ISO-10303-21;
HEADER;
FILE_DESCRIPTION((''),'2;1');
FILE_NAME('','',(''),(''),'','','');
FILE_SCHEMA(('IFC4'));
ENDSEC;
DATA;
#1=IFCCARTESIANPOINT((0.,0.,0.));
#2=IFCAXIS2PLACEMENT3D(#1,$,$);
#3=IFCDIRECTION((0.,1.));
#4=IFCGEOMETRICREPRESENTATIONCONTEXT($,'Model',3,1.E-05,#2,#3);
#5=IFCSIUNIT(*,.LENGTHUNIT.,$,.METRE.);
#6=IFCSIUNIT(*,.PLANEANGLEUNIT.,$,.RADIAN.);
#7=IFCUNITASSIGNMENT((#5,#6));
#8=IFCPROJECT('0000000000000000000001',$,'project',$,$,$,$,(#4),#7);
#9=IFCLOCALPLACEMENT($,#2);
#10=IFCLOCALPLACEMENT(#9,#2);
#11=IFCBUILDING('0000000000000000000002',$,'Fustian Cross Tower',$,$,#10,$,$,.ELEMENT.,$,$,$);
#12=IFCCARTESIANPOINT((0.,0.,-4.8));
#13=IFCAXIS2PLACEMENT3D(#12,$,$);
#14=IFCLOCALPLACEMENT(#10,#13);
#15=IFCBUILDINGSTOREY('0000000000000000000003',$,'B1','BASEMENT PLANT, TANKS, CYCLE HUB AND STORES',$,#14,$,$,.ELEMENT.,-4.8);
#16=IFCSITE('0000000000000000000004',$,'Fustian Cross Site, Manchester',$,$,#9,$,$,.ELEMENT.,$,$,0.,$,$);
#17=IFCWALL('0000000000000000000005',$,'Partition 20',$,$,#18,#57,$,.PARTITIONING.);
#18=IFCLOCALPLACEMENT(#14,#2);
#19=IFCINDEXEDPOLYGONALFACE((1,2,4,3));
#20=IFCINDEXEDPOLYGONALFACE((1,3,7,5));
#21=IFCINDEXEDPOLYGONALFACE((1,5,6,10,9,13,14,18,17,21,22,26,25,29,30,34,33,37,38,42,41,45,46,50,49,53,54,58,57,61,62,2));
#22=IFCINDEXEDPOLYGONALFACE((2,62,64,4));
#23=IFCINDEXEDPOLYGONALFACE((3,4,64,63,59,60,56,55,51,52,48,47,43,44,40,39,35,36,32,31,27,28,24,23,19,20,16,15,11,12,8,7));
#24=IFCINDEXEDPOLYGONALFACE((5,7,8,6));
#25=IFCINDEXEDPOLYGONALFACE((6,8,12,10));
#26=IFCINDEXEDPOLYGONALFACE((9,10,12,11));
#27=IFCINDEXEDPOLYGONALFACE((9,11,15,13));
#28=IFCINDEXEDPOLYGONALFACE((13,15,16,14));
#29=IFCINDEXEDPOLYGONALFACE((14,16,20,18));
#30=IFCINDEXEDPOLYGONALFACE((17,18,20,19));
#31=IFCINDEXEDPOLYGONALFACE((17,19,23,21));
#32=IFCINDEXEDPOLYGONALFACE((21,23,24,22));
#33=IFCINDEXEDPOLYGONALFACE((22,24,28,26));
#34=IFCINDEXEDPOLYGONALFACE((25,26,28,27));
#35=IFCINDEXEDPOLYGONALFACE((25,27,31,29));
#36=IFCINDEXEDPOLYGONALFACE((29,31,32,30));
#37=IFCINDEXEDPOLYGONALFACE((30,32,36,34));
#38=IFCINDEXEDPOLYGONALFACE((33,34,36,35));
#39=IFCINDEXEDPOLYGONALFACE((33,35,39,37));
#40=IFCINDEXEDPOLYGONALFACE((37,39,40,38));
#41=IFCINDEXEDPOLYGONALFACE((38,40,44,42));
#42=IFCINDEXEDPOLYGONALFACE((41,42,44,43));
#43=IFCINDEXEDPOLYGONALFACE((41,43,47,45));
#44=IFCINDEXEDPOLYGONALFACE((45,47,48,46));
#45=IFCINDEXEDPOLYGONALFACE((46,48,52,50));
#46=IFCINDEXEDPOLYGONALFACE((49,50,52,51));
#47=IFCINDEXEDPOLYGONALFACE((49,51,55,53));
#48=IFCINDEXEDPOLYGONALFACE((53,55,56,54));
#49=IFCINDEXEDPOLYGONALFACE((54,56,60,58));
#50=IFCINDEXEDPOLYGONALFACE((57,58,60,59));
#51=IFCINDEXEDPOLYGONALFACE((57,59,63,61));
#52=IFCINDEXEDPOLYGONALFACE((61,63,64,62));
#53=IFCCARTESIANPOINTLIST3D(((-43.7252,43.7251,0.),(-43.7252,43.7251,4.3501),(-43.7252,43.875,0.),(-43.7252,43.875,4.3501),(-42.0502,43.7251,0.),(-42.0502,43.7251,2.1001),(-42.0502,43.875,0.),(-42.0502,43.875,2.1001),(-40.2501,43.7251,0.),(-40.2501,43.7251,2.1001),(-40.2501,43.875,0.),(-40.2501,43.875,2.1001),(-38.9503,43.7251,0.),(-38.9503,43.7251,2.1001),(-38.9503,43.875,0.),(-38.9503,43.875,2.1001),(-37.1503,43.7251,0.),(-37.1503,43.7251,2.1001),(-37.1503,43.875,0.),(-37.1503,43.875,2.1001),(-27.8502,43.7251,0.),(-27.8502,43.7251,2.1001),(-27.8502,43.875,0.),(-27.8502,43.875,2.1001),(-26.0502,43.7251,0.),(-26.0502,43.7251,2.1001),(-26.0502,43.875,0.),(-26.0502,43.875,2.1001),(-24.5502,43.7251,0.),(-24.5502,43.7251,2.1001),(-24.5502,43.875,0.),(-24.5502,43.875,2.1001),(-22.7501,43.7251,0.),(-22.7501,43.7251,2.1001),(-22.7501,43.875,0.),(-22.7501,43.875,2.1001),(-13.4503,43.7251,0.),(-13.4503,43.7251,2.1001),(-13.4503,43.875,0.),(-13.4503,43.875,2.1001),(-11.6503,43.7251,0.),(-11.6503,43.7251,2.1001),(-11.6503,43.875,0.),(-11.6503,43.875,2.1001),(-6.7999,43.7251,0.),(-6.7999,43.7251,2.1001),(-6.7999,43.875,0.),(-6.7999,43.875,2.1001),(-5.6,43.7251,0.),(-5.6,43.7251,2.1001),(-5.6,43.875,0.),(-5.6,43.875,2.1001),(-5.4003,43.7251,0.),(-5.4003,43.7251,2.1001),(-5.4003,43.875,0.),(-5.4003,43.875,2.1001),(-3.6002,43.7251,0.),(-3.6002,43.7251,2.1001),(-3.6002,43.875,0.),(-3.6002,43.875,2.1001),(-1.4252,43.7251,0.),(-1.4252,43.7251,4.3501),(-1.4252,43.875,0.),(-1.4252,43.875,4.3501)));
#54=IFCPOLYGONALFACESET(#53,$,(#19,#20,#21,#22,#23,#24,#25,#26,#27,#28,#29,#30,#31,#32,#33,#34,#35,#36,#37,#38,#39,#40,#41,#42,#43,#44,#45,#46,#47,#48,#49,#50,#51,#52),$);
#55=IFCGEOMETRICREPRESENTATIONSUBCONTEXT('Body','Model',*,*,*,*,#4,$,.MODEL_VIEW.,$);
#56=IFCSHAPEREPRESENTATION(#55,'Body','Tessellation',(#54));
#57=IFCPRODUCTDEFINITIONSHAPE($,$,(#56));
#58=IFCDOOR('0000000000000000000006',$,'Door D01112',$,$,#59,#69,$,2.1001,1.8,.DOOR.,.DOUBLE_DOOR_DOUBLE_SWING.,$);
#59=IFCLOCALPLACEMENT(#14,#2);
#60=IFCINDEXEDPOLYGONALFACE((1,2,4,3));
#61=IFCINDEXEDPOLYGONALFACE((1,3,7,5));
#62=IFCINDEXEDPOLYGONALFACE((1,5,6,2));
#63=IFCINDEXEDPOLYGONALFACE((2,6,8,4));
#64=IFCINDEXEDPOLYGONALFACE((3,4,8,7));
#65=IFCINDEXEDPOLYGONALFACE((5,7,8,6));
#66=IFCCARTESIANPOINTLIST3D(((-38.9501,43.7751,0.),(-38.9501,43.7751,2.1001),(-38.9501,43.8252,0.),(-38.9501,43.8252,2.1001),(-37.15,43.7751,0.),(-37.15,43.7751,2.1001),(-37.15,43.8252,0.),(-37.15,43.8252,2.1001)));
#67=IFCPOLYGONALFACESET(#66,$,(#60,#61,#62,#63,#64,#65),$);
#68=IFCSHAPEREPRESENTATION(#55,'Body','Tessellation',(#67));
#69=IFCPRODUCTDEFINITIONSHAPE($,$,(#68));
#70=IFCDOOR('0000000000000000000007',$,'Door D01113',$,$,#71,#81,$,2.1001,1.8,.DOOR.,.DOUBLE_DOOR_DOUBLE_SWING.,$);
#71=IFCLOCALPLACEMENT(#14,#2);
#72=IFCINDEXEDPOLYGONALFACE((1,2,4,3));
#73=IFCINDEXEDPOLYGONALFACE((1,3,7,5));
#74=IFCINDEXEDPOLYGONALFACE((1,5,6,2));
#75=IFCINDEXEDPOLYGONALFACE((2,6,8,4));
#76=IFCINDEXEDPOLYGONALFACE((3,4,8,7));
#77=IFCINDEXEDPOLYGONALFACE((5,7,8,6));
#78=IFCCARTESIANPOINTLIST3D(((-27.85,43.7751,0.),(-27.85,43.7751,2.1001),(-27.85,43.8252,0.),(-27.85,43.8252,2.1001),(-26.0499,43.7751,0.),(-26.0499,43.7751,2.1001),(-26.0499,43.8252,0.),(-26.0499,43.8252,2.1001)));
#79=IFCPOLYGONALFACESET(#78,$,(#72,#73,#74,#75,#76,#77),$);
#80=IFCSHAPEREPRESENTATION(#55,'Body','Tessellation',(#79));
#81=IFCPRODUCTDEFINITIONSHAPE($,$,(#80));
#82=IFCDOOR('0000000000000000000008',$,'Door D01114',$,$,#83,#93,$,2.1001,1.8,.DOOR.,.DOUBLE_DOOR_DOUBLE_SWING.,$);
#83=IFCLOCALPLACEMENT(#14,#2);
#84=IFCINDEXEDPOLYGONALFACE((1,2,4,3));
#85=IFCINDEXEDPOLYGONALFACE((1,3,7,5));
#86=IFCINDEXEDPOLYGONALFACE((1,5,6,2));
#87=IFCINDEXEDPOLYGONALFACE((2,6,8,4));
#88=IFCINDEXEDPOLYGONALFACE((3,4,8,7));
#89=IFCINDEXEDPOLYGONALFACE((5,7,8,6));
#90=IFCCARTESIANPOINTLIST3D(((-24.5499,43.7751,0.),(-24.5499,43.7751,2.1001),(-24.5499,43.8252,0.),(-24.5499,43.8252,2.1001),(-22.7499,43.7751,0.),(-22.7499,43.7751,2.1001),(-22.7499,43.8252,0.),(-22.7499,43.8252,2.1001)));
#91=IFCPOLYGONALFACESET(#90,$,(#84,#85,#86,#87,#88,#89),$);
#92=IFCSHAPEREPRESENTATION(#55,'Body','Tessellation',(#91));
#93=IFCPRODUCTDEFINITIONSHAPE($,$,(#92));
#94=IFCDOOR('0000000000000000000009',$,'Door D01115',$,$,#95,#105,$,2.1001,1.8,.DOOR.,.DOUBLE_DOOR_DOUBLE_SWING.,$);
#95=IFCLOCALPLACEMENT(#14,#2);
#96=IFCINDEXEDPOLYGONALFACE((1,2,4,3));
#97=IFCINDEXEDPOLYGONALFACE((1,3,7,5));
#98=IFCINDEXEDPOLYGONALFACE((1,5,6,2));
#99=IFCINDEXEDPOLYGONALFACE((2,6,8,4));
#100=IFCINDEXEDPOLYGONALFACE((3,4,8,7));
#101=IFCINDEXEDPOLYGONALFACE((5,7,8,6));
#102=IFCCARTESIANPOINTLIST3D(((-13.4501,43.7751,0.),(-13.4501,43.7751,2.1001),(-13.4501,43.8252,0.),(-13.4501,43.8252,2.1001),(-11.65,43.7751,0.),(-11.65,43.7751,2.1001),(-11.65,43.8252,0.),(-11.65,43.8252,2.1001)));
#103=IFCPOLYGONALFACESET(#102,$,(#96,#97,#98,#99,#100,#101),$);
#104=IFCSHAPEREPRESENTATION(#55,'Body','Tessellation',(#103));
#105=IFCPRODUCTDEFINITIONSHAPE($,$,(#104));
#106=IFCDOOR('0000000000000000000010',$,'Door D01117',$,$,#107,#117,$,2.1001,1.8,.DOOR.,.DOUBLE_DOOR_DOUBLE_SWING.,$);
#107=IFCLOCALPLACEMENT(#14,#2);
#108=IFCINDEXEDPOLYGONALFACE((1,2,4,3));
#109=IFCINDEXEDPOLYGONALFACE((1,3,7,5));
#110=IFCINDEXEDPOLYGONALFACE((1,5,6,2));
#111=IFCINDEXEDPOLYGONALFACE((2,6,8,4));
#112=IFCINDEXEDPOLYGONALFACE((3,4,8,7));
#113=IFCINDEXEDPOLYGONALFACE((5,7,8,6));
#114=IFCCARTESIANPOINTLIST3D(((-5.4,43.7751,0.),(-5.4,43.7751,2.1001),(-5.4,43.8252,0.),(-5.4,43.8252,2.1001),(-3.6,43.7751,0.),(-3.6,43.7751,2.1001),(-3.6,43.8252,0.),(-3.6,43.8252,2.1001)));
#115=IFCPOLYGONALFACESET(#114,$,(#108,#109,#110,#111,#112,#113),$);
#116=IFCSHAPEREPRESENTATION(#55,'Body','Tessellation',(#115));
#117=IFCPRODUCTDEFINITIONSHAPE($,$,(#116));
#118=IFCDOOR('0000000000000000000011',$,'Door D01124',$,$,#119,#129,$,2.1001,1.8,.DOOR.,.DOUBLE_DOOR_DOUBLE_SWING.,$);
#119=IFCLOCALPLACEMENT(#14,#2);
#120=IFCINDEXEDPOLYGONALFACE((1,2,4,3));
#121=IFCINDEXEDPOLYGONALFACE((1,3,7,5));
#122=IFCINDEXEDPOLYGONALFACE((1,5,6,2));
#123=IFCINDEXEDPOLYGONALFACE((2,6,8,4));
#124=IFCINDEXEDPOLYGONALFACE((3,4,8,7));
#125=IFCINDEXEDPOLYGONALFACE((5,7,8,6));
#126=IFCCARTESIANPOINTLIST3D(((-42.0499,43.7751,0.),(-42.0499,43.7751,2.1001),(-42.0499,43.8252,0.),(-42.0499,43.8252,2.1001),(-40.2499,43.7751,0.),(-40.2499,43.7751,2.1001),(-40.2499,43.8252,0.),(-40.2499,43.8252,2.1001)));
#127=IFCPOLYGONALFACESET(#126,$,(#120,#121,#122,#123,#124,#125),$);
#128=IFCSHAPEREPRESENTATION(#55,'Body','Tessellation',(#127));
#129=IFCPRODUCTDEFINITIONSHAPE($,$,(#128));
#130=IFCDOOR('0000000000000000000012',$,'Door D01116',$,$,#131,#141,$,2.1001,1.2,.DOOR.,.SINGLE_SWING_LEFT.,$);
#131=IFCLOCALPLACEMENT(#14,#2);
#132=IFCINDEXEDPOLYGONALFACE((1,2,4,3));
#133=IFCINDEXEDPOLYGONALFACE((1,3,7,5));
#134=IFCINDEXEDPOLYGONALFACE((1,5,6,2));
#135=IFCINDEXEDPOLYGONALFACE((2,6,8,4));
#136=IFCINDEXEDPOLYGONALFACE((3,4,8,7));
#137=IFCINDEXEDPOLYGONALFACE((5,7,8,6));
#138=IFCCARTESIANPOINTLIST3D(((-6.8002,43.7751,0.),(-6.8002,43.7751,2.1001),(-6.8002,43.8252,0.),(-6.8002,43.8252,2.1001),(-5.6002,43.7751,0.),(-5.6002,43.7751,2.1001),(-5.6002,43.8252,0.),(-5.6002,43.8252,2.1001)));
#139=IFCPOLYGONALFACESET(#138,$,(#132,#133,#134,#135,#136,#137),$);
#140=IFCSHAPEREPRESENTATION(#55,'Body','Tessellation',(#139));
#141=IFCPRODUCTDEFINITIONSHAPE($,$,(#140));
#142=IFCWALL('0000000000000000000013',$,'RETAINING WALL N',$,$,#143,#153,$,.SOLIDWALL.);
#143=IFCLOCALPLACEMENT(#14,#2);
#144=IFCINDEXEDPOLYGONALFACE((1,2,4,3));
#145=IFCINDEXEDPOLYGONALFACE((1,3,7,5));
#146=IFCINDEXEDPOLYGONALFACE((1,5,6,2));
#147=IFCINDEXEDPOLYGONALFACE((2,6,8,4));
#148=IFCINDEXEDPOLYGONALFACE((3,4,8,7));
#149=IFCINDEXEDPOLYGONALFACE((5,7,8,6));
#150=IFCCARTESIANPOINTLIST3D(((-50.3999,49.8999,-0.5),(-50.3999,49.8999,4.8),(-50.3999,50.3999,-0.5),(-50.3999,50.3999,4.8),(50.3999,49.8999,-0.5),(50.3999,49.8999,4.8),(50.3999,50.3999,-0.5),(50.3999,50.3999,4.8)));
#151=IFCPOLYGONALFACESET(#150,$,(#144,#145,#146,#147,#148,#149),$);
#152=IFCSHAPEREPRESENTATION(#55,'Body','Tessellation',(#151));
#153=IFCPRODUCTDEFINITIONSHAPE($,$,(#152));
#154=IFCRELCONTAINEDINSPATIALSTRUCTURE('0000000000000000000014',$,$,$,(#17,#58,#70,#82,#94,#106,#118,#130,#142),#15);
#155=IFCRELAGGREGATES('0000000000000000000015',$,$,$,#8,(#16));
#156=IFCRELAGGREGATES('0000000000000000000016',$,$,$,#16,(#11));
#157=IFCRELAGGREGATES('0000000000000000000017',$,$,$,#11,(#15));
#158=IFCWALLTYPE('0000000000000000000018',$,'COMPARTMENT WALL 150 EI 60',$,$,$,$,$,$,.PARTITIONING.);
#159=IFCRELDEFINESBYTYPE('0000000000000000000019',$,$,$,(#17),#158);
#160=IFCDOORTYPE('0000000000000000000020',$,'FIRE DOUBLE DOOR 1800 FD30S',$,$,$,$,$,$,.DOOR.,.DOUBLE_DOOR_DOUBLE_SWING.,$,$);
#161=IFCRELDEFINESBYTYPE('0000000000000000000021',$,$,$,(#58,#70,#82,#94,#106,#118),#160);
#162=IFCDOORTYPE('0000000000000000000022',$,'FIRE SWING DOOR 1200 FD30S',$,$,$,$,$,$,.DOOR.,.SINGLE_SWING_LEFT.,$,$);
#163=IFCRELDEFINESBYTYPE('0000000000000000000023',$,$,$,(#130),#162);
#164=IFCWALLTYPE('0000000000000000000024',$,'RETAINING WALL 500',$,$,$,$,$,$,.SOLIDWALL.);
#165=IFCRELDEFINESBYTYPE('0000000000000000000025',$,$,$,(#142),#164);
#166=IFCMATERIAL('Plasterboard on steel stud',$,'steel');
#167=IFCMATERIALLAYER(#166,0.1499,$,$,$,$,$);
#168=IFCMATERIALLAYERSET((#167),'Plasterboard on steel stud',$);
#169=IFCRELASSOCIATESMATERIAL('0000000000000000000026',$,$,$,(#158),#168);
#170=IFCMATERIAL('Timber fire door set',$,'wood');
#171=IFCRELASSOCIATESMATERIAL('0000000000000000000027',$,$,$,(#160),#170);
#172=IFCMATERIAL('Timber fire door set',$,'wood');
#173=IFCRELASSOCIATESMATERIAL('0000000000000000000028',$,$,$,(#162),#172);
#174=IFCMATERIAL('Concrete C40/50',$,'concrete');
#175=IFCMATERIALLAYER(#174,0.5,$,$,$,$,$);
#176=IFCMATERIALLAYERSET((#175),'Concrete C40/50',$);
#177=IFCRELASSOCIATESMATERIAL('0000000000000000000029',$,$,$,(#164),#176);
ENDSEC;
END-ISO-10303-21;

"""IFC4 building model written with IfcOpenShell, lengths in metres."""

from ifc_helpers import new_model, si_unit, direction, frame, frame_2d, origin, place, context, subcontext, project, spatial, rectangle, extrude, material, layer, layer_set, type_object, element, fill, save


model = new_model("IFC4")

# Units and contexts
model_context = context("Model", 3, precision=1e-05, world=origin(), true_north=direction((0.0, 1.0)))
body_context = subcontext(model_context, "Body", "Model", "MODEL_VIEW")
ifc_project = project(units=[si_unit("LENGTHUNIT", "METRE"), si_unit("PLANEANGLEUNIT", "RADIAN")], contexts=[model_context])

# Site, building, storey
site_placement = place(None, origin())
site = spatial("IfcSite", under=ifc_project, at=site_placement, Name="Fustian Cross Site, Manchester", CompositionType="ELEMENT", RefElevation=0.0)
building_placement = place(site_placement, origin())
building = spatial("IfcBuilding", under=site, at=building_placement, Name="Fustian Cross Tower", CompositionType="ELEMENT")
storey_placement = place(building_placement, frame((0.0, 0.0, -4.8)))
storey = spatial("IfcBuildingStorey", under=building, at=storey_placement, Name="B1", Description="BASEMENT PLANT, TANKS, CYCLE HUB AND STORES", CompositionType="ELEMENT", Elevation=-4.8)

# Shared definitions
ifc_material_1 = material(Name="Plasterboard on steel stud", Category="steel")
ifc_layer_1 = layer(ifc_material_1, 0.1499)
ifc_layer_set_1 = layer_set([ifc_layer_1], Name="Plasterboard on steel stud")
wall_type_1 = type_object("IfcWallType", Name="COMPARTMENT WALL 150 EI 60", PredefinedType="PARTITIONING", material=ifc_layer_set_1)

# Wall, openings, doors
wall_1_placement = place(storey_placement, frame((-43.7251, 43.8, 0.0), z_axis=(0.0, 0.0, 1.0), x_axis=(1.0, 0.0, 0.0)))
wall_1 = element("IfcWall", 1, at=wall_1_placement, inside=storey, type_object=wall_type_1, Name="Partition 20", PredefinedType="PARTITIONING", context=body_context, shape_type="SweptSolid", body=[
    extrude(rectangle(XDim=42.3, YDim=0.1499, at=frame_2d((21.1499, 0.0))), origin(), (0.0, 0.0, 1.0), 4.3501),
])
opening_1_placement = place(wall_1_placement, frame((4.7749, 0.0, 0.0)))
opening_1 = element("IfcOpeningElement", 2, at=opening_1_placement, cuts=wall_1, PredefinedType="OPENING", context=body_context, shape_type="SweptSolid", body=[
    extrude(rectangle(XDim=1.8, YDim=2.1001, at=frame_2d((0.8999, 1.05))), frame((0.0, 0.085, 0.0), z_axis=(0.0, -1.0, 0.0), x_axis=(1.0, 0.0, 0.0)), (0.0, 0.0, 1.0), 0.1699),
])
opening_2_placement = place(wall_1_placement, frame((15.875, 0.0, 0.0)))
opening_2 = element("IfcOpeningElement", 3, at=opening_2_placement, cuts=wall_1, PredefinedType="OPENING", context=body_context, shape_type="SweptSolid", body=[
    extrude(rectangle(XDim=1.8, YDim=2.1001, at=frame_2d((0.8999, 1.05))), frame((0.0, 0.085, 0.0), z_axis=(0.0, -1.0, 0.0), x_axis=(1.0, 0.0, 0.0)), (0.0, 0.0, 1.0), 0.1699),
])
opening_3_placement = place(wall_1_placement, frame((19.175, 0.0, 0.0)))
opening_3 = element("IfcOpeningElement", 4, at=opening_3_placement, cuts=wall_1, PredefinedType="OPENING", context=body_context, shape_type="SweptSolid", body=[
    extrude(rectangle(XDim=1.8, YDim=2.1001, at=frame_2d((0.8999, 1.05))), frame((0.0, 0.085, 0.0), z_axis=(0.0, -1.0, 0.0), x_axis=(1.0, 0.0, 0.0)), (0.0, 0.0, 1.0), 0.1699),
])
opening_4_placement = place(wall_1_placement, frame((30.2749, 0.0, 0.0)))
opening_4 = element("IfcOpeningElement", 5, at=opening_4_placement, cuts=wall_1, PredefinedType="OPENING", context=body_context, shape_type="SweptSolid", body=[
    extrude(rectangle(XDim=1.8, YDim=2.1001, at=frame_2d((0.8999, 1.05))), frame((0.0, 0.085, 0.0), z_axis=(0.0, -1.0, 0.0), x_axis=(1.0, 0.0, 0.0)), (0.0, 0.0, 1.0), 0.1699),
])
opening_5_placement = place(wall_1_placement, frame((36.925, 0.0, 0.0)))
opening_5 = element("IfcOpeningElement", 6, at=opening_5_placement, cuts=wall_1, PredefinedType="OPENING", context=body_context, shape_type="SweptSolid", body=[
    extrude(rectangle(XDim=1.2, YDim=2.1001, at=frame_2d((0.6001, 1.05))), frame((0.0, 0.085, 0.0), z_axis=(0.0, -1.0, 0.0), x_axis=(1.0, 0.0, 0.0)), (0.0, 0.0, 1.0), 0.1699),
])
opening_6_placement = place(wall_1_placement, frame((38.325, 0.0, 0.0)))
opening_6 = element("IfcOpeningElement", 7, at=opening_6_placement, cuts=wall_1, PredefinedType="OPENING", context=body_context, shape_type="SweptSolid", body=[
    extrude(rectangle(XDim=1.8, YDim=2.1001, at=frame_2d((0.8999, 1.05))), frame((0.0, 0.085, 0.0), z_axis=(0.0, -1.0, 0.0), x_axis=(1.0, 0.0, 0.0)), (0.0, 0.0, 1.0), 0.1699),
])
opening_7_placement = place(wall_1_placement, frame((1.675, 0.0, 0.0)))
opening_7 = element("IfcOpeningElement", 8, at=opening_7_placement, cuts=wall_1, PredefinedType="OPENING", context=body_context, shape_type="SweptSolid", body=[
    extrude(rectangle(XDim=1.8, YDim=2.1001, at=frame_2d((0.8999, 1.05))), frame((0.0, 0.085, 0.0), z_axis=(0.0, -1.0, 0.0), x_axis=(1.0, 0.0, 0.0)), (0.0, 0.0, 1.0), 0.1699),
])
ifc_material_2 = material(Name="Timber fire door set", Category="wood")
door_type_1 = type_object("IfcDoorType", Name="FIRE DOUBLE DOOR 1800 FD30S", OperationType="DOUBLE_DOOR_DOUBLE_SWING", PredefinedType="DOOR", material=ifc_material_2)
door_1_placement = place(opening_1_placement, frame((1.8, 0.0, 0.0), z_axis=(0.0, 0.0, 1.0), x_axis=(-1.0, 0.0, 0.0)))
door_1 = element("IfcDoor", 9, at=door_1_placement, inside=storey, type_object=door_type_1, Name="Door D01112", OperationType="DOUBLE_DOOR_DOUBLE_SWING", OverallHeight=2.1001, OverallWidth=1.8, PredefinedType="DOOR", context=body_context, shape_type="SweptSolid", body=[
    extrude(rectangle(XDim=1.8, YDim=2.1001, at=frame_2d((0.8999, 1.05))), frame((0.0, 0.0249, 0.0), z_axis=(0.0, -1.0, 0.0), x_axis=(1.0, 0.0, 0.0)), (0.0, 0.0, 1.0), 0.05),
])
fill(opening_1, door_1)
door_2_placement = place(opening_2_placement, frame((1.8, 0.0, 0.0), z_axis=(0.0, 0.0, 1.0), x_axis=(-1.0, 0.0, 0.0)))
door_2 = element("IfcDoor", 10, at=door_2_placement, inside=storey, type_object=door_type_1, Name="Door D01113", OperationType="DOUBLE_DOOR_DOUBLE_SWING", OverallHeight=2.1001, OverallWidth=1.8, PredefinedType="DOOR", context=body_context, shape_type="SweptSolid", body=[
    extrude(rectangle(XDim=1.8, YDim=2.1001, at=frame_2d((0.8999, 1.05))), frame((0.0, 0.0249, 0.0), z_axis=(0.0, -1.0, 0.0), x_axis=(1.0, 0.0, 0.0)), (0.0, 0.0, 1.0), 0.05),
])
fill(opening_2, door_2)
door_3_placement = place(opening_3_placement, frame((1.8, 0.0, 0.0), z_axis=(0.0, 0.0, 1.0), x_axis=(-1.0, 0.0, 0.0)))
door_3 = element("IfcDoor", 11, at=door_3_placement, inside=storey, type_object=door_type_1, Name="Door D01114", OperationType="DOUBLE_DOOR_DOUBLE_SWING", OverallHeight=2.1001, OverallWidth=1.8, PredefinedType="DOOR", context=body_context, shape_type="SweptSolid", body=[
    extrude(rectangle(XDim=1.8, YDim=2.1001, at=frame_2d((0.8999, 1.05))), frame((0.0, 0.0249, 0.0), z_axis=(0.0, -1.0, 0.0), x_axis=(1.0, 0.0, 0.0)), (0.0, 0.0, 1.0), 0.05),
])
fill(opening_3, door_3)
door_4_placement = place(opening_4_placement, frame((1.8, 0.0, 0.0), z_axis=(0.0, 0.0, 1.0), x_axis=(-1.0, 0.0, 0.0)))
door_4 = element("IfcDoor", 12, at=door_4_placement, inside=storey, type_object=door_type_1, Name="Door D01115", OperationType="DOUBLE_DOOR_DOUBLE_SWING", OverallHeight=2.1001, OverallWidth=1.8, PredefinedType="DOOR", context=body_context, shape_type="SweptSolid", body=[
    extrude(rectangle(XDim=1.8, YDim=2.1001, at=frame_2d((0.8999, 1.05))), frame((0.0, 0.0249, 0.0), z_axis=(0.0, -1.0, 0.0), x_axis=(1.0, 0.0, 0.0)), (0.0, 0.0, 1.0), 0.05),
])
fill(opening_4, door_4)
door_5_placement = place(opening_6_placement, frame((1.8, 0.0, 0.0), z_axis=(0.0, 0.0, 1.0), x_axis=(-1.0, 0.0, 0.0)))
door_5 = element("IfcDoor", 13, at=door_5_placement, inside=storey, type_object=door_type_1, Name="Door D01117", OperationType="DOUBLE_DOOR_DOUBLE_SWING", OverallHeight=2.1001, OverallWidth=1.8, PredefinedType="DOOR", context=body_context, shape_type="SweptSolid", body=[
    extrude(rectangle(XDim=1.8, YDim=2.1001, at=frame_2d((0.8999, 1.05))), frame((0.0, 0.0249, 0.0), z_axis=(0.0, -1.0, 0.0), x_axis=(1.0, 0.0, 0.0)), (0.0, 0.0, 1.0), 0.05),
])
fill(opening_6, door_5)
door_6_placement = place(opening_7_placement, frame((1.8, 0.0, 0.0), z_axis=(0.0, 0.0, 1.0), x_axis=(-1.0, 0.0, 0.0)))
door_6 = element("IfcDoor", 14, at=door_6_placement, inside=storey, type_object=door_type_1, Name="Door D01124", OperationType="DOUBLE_DOOR_DOUBLE_SWING", OverallHeight=2.1001, OverallWidth=1.8, PredefinedType="DOOR", context=body_context, shape_type="SweptSolid", body=[
    extrude(rectangle(XDim=1.8, YDim=2.1001, at=frame_2d((0.8999, 1.05))), frame((0.0, 0.0249, 0.0), z_axis=(0.0, -1.0, 0.0), x_axis=(1.0, 0.0, 0.0)), (0.0, 0.0, 1.0), 0.05),
])
fill(opening_7, door_6)
ifc_material_3 = material(Name="Timber fire door set", Category="wood")
door_type_2 = type_object("IfcDoorType", Name="FIRE SWING DOOR 1200 FD30S", OperationType="SINGLE_SWING_LEFT", PredefinedType="DOOR", material=ifc_material_3)
door_7_placement = place(opening_5_placement, frame((1.2, 0.0, 0.0), z_axis=(0.0, 0.0, 1.0), x_axis=(-1.0, 0.0, 0.0)))
door_7 = element("IfcDoor", 15, at=door_7_placement, inside=storey, type_object=door_type_2, Name="Door D01116", OperationType="SINGLE_SWING_LEFT", OverallHeight=2.1001, OverallWidth=1.2, PredefinedType="DOOR", context=body_context, shape_type="SweptSolid", body=[
    extrude(rectangle(XDim=1.2, YDim=2.1001, at=frame_2d((0.6001, 1.05))), frame((0.0, 0.0249, 0.0), z_axis=(0.0, -1.0, 0.0), x_axis=(1.0, 0.0, 0.0)), (0.0, 0.0, 1.0), 0.05),
])
fill(opening_5, door_7)

# Wall
ifc_material_4 = material(Name="Concrete C40/50", Category="concrete")
ifc_layer_2 = layer(ifc_material_4, 0.5)
ifc_layer_set_2 = layer_set([ifc_layer_2], Name="Concrete C40/50")
wall_type_2 = type_object("IfcWallType", Name="RETAINING WALL 500", PredefinedType="SOLIDWALL", material=ifc_layer_set_2)
wall_2_placement = place(storey_placement, frame((-50.3999, 50.1499, -0.5), z_axis=(0.0, 0.0, 1.0), x_axis=(1.0, 0.0, 0.0)))
element("IfcWall", 16, at=wall_2_placement, inside=storey, type_object=wall_type_2, Name="RETAINING WALL N", PredefinedType="SOLIDWALL", context=body_context, shape_type="SweptSolid", body=[
    extrude(rectangle(XDim=100.7998, YDim=0.5, at=frame_2d((50.3999, 0.0))), origin(), (0.0, 0.0, 1.0), 5.3),
])

save(model, "model.ifc")
